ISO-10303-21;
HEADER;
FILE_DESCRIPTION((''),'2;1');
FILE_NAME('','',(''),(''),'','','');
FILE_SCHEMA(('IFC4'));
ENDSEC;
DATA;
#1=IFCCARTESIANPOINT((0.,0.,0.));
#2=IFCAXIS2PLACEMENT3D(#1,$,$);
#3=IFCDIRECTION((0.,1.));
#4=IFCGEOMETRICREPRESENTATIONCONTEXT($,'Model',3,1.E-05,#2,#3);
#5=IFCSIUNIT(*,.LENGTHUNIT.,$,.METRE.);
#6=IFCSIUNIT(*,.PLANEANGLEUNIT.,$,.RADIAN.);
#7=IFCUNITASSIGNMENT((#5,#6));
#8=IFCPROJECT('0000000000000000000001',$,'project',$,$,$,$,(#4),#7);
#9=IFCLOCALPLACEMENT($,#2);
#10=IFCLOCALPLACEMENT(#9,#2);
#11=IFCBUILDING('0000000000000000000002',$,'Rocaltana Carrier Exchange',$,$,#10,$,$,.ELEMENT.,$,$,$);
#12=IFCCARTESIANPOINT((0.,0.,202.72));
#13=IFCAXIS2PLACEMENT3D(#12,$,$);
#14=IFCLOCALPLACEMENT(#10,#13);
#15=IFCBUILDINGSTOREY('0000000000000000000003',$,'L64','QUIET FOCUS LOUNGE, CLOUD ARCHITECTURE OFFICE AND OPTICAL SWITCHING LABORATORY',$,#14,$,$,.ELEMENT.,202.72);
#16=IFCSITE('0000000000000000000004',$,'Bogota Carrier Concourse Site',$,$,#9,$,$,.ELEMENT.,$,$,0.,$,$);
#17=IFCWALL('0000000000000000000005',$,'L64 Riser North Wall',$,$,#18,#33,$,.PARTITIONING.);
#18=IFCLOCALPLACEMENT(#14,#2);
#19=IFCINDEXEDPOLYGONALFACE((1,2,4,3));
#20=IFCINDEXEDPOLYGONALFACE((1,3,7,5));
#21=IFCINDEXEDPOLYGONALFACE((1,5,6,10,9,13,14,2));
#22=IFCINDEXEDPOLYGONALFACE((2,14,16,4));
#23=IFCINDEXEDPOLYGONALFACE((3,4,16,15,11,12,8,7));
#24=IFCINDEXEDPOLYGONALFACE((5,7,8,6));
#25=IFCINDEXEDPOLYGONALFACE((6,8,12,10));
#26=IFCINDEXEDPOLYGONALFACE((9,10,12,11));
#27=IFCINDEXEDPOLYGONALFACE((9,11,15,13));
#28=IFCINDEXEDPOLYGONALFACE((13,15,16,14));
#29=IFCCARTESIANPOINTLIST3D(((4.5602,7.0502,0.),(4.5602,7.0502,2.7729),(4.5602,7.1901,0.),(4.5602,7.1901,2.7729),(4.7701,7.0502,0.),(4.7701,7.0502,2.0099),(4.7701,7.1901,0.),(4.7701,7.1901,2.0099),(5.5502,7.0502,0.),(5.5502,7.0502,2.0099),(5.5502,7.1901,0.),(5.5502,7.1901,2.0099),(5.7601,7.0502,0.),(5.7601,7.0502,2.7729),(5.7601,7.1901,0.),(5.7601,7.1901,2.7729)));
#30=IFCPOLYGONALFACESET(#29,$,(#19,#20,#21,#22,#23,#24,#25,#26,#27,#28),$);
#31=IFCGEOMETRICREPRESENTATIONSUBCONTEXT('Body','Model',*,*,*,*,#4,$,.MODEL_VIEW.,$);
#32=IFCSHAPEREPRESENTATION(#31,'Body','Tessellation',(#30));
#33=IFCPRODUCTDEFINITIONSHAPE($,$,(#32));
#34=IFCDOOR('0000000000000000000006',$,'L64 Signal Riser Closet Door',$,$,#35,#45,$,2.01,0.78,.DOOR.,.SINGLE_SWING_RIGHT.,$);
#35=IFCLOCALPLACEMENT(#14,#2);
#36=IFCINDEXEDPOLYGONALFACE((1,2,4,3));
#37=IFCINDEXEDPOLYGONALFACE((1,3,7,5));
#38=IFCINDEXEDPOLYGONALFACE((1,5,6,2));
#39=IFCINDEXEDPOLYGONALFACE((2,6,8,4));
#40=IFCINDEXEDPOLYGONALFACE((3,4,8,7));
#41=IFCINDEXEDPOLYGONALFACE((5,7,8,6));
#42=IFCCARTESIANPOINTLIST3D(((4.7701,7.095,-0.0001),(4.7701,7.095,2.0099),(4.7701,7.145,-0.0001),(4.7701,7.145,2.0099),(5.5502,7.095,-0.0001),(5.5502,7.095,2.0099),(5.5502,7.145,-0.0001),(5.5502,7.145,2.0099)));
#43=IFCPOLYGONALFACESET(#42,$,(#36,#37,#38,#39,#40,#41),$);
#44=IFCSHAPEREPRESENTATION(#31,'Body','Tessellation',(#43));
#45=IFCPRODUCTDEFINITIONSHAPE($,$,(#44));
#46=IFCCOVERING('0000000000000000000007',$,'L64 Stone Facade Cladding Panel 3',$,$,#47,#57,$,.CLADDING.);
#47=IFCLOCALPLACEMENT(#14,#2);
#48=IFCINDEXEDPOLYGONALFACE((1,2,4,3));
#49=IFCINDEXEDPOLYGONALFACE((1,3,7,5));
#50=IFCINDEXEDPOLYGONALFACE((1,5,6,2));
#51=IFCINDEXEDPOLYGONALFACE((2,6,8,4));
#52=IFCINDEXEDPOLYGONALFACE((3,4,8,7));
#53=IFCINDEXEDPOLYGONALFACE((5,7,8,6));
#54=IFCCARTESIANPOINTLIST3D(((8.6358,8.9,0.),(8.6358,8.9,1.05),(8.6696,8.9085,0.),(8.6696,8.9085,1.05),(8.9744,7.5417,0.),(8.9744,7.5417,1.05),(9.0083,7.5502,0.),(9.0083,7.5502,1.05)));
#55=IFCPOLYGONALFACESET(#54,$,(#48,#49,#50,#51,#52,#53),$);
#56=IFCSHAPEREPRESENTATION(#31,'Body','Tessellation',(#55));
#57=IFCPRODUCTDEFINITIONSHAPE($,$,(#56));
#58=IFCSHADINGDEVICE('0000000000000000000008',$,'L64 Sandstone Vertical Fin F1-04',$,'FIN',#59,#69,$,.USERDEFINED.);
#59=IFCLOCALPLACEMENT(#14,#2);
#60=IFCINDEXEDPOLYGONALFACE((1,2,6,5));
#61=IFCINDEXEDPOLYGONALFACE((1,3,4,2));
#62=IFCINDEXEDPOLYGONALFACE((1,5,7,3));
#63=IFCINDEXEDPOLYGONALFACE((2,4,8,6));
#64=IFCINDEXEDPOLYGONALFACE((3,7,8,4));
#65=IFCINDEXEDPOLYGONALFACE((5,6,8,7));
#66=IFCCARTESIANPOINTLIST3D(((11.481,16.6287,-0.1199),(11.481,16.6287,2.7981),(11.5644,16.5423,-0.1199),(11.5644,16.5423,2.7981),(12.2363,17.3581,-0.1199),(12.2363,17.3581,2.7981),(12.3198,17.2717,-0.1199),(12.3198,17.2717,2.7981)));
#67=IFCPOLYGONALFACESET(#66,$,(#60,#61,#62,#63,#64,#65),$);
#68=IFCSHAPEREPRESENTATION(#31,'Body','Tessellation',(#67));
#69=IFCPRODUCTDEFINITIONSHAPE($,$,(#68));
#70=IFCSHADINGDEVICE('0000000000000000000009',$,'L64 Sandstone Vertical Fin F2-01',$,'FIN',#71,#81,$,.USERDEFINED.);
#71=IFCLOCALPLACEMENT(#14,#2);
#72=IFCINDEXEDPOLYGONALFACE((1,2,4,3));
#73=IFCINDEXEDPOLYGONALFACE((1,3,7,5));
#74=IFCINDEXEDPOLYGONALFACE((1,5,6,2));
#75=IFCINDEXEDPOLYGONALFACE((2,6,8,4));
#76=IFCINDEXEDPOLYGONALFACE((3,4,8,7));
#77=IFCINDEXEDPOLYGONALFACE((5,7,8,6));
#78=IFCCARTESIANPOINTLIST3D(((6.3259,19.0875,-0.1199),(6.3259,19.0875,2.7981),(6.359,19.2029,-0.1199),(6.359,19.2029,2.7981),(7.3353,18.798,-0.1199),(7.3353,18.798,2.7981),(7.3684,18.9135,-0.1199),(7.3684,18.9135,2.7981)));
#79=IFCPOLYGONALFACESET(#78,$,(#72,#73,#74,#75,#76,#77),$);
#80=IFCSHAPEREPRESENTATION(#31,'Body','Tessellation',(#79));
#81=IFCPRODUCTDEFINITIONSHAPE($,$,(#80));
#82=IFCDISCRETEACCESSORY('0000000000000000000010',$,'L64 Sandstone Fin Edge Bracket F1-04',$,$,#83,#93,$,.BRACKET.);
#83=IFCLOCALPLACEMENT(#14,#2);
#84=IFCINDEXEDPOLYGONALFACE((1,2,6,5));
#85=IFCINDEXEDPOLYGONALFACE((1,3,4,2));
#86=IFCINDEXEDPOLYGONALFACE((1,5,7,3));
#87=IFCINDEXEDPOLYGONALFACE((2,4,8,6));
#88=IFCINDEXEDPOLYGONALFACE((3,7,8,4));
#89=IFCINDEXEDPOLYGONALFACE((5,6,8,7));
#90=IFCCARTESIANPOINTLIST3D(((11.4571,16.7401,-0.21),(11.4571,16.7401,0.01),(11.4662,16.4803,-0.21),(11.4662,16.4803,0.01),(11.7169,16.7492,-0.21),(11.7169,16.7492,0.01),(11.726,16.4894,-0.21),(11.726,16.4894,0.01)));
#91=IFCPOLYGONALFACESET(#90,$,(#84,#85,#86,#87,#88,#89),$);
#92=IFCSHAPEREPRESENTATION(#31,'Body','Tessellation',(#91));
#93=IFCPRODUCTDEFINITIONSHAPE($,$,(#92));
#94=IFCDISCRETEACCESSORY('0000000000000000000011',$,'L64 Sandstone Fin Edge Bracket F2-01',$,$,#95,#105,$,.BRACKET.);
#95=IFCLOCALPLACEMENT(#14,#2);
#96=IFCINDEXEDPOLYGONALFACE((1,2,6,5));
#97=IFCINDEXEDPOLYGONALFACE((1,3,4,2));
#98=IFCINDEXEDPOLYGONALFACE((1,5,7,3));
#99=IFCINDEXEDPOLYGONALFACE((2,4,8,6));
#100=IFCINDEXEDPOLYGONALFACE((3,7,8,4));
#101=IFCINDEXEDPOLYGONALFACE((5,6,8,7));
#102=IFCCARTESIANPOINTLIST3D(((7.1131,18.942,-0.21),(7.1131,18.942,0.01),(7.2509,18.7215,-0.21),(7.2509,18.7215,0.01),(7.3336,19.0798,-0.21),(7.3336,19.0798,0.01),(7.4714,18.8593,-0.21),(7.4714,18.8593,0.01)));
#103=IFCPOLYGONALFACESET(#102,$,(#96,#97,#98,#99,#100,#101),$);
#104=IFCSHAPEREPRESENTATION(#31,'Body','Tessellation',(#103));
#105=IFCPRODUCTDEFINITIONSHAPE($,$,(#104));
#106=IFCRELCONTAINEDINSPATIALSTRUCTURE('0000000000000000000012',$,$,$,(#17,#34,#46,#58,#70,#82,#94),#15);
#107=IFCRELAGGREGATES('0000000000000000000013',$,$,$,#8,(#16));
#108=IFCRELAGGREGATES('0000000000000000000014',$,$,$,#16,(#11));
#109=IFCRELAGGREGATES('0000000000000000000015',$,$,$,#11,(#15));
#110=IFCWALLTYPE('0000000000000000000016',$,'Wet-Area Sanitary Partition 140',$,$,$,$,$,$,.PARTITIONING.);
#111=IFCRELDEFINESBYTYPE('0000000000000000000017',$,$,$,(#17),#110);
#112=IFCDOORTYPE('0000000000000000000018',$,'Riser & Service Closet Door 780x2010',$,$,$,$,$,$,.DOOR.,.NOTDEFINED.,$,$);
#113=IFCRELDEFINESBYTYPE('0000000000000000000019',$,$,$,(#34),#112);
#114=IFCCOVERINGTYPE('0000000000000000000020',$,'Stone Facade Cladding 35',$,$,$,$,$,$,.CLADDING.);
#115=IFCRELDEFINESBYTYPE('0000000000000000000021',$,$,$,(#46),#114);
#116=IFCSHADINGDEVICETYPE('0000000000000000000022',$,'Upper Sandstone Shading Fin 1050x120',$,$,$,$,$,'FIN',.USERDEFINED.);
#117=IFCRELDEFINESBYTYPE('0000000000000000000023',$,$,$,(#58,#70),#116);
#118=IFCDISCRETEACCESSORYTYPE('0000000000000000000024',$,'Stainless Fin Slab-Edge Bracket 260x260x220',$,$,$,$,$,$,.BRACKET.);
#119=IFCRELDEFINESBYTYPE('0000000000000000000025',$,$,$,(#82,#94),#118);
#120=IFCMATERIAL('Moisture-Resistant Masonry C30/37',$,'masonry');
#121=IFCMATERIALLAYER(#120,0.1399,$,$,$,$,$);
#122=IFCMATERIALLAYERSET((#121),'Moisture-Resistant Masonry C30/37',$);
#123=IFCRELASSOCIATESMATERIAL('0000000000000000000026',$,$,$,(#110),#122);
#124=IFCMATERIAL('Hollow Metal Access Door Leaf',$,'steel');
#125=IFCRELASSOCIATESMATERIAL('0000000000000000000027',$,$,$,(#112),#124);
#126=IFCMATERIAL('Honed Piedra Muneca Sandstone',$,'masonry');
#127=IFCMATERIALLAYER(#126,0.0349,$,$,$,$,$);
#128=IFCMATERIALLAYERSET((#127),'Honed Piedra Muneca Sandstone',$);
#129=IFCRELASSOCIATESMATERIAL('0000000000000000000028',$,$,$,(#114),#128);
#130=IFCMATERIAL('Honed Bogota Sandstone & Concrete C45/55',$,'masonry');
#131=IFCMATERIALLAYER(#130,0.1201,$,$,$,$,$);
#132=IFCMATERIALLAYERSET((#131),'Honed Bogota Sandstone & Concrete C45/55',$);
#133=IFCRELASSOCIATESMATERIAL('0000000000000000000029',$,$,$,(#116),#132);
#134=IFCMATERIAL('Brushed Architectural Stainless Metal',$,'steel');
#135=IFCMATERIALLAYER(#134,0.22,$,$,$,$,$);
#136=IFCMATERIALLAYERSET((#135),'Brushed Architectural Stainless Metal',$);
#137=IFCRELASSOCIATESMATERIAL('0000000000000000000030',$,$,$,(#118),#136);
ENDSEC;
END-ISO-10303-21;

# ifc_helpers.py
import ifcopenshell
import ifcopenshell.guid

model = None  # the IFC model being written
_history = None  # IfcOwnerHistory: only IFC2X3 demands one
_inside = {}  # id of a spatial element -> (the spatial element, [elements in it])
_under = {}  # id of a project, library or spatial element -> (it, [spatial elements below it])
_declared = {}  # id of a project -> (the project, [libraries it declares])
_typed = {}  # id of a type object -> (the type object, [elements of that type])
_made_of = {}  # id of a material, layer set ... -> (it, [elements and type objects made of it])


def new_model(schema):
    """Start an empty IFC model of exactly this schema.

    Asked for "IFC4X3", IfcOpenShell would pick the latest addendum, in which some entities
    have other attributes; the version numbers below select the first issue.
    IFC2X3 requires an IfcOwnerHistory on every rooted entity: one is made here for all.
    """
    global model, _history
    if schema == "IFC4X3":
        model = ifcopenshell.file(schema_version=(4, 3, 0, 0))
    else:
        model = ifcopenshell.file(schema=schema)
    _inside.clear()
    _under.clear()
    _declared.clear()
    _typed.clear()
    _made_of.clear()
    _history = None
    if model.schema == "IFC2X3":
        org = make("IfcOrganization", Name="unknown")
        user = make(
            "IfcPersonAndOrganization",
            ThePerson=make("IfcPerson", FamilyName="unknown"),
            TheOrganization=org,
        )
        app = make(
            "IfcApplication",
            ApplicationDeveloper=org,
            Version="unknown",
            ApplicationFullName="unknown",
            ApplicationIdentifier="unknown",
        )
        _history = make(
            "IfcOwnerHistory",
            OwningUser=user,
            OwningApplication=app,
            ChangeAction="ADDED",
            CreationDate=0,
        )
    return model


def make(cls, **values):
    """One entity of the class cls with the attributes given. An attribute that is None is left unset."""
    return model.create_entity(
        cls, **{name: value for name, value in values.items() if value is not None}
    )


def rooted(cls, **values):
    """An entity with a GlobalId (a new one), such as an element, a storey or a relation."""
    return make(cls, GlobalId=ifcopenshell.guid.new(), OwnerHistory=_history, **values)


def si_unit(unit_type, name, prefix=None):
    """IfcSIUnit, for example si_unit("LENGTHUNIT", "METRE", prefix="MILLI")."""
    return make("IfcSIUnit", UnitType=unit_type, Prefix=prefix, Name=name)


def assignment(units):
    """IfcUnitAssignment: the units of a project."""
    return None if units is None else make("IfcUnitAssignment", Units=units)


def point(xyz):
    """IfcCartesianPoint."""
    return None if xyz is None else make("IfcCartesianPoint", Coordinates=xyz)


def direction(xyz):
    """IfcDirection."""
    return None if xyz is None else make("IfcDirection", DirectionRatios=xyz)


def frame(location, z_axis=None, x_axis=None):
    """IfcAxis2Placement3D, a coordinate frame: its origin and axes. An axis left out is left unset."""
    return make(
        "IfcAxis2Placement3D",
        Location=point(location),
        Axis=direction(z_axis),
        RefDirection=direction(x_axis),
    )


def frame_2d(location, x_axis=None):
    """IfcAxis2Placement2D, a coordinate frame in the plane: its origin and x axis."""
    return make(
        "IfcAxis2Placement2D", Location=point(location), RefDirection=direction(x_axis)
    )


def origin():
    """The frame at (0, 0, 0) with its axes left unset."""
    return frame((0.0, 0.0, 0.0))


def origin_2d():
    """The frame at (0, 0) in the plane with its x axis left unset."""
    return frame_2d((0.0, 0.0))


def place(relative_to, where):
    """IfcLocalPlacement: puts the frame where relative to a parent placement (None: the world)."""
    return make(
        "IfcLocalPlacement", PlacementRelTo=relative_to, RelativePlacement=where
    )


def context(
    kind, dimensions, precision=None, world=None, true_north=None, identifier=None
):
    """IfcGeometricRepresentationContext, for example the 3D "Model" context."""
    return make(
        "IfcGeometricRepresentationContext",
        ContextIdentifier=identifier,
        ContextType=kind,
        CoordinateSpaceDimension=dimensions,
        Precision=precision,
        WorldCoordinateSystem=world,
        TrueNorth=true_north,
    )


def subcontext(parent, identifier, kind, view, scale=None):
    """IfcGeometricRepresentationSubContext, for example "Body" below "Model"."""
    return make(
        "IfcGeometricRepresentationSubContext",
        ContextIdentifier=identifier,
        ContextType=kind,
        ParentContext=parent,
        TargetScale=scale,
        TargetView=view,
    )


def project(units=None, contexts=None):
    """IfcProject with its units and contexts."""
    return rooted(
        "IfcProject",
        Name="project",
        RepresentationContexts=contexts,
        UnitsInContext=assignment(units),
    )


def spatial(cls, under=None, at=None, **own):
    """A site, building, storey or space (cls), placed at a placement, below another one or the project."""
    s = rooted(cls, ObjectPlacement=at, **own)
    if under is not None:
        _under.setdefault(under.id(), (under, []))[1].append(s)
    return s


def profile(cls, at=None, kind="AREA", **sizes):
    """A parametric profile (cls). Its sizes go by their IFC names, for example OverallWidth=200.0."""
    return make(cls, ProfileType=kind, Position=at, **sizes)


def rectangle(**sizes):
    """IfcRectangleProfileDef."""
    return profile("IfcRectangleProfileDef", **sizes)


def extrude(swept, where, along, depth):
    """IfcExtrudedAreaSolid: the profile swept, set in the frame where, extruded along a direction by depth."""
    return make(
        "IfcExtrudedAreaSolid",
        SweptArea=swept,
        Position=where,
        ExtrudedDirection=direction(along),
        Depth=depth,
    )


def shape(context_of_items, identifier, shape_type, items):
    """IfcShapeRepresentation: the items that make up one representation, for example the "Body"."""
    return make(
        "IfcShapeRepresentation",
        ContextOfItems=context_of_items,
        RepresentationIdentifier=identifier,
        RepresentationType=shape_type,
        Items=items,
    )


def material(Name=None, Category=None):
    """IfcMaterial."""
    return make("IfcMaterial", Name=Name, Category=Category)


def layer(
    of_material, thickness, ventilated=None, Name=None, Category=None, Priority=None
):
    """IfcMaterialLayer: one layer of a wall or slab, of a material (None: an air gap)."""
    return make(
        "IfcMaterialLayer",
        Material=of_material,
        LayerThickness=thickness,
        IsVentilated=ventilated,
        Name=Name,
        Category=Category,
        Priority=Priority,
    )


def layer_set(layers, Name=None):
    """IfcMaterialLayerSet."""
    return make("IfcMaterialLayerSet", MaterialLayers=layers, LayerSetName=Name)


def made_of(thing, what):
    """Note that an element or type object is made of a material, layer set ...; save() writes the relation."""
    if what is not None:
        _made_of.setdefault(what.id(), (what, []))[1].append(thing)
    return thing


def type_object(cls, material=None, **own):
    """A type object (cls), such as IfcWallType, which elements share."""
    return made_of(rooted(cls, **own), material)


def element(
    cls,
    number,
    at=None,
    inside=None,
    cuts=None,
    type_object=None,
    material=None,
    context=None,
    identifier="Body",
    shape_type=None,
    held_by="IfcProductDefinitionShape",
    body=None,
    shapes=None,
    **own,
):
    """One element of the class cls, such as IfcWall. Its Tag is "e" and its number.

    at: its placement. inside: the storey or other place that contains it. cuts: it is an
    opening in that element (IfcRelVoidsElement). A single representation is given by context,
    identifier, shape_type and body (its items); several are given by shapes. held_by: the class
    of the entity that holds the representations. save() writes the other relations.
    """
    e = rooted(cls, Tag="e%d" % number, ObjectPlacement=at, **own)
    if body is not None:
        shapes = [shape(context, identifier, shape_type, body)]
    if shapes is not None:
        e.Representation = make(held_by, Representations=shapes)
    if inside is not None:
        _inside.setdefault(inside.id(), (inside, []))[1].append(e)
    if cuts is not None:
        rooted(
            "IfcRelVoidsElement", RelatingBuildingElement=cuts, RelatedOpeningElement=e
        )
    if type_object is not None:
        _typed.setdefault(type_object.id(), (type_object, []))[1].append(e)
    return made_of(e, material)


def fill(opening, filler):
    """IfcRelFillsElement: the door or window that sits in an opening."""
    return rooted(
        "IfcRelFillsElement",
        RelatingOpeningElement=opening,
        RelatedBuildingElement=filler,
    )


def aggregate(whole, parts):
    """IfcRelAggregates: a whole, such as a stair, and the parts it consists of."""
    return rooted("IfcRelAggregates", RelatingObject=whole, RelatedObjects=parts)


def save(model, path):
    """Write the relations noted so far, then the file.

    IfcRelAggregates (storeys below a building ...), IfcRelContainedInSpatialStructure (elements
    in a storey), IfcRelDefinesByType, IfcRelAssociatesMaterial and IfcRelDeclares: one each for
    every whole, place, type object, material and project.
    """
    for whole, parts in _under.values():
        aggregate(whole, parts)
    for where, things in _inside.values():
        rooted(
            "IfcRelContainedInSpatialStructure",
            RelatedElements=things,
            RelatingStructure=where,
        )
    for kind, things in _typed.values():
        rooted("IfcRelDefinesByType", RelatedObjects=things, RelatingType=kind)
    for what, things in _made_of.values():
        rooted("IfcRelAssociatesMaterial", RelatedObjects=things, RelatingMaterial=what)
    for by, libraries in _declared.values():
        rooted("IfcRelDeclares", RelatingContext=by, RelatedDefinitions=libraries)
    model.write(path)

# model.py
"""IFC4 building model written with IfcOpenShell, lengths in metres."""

from ifc_helpers import new_model, si_unit, direction, frame, frame_2d, origin, origin_2d, place, context, subcontext, project, spatial, rectangle, extrude, material, layer, layer_set, type_object, element, fill, save


model = new_model("IFC4")

# Units and contexts
model_context = context("Model", 3, precision=1e-05, world=origin(), true_north=direction((0.0, 1.0)))
body_context = subcontext(model_context, "Body", "Model", "MODEL_VIEW")
ifc_project = project(units=[si_unit("LENGTHUNIT", "METRE"), si_unit("PLANEANGLEUNIT", "RADIAN")], contexts=[model_context])

# Site, building, storey
site_placement = place(None, origin())
site = spatial("IfcSite", under=ifc_project, at=site_placement, Name="Bogota Carrier Concourse Site", CompositionType="ELEMENT", RefElevation=0.0)
building_placement = place(site_placement, origin())
building = spatial("IfcBuilding", under=site, at=building_placement, Name="Rocaltana Carrier Exchange", CompositionType="ELEMENT")
storey_placement = place(building_placement, frame((0.0, 0.0, 202.72)))
storey = spatial("IfcBuildingStorey", under=building, at=storey_placement, Name="L64", Description="QUIET FOCUS LOUNGE, CLOUD ARCHITECTURE OFFICE AND OPTICAL SWITCHING LABORATORY", CompositionType="ELEMENT", Elevation=202.72)

# Wall, opening, door
ifc_material_1 = material(Name="Moisture-Resistant Masonry C30/37", Category="masonry")
ifc_layer_1 = layer(ifc_material_1, 0.1399)
ifc_layer_set_1 = layer_set([ifc_layer_1], Name="Moisture-Resistant Masonry C30/37")
wall_type_1 = type_object("IfcWallType", Name="Wet-Area Sanitary Partition 140", PredefinedType="PARTITIONING", material=ifc_layer_set_1)
wall_1_placement = place(storey_placement, frame((4.5601, 7.1201, 0.0), z_axis=(0.0, 0.0, 1.0), x_axis=(1.0, 0.0, 0.0)))
wall_1 = element("IfcWall", 1, at=wall_1_placement, inside=storey, type_object=wall_type_1, Name="L64 Riser North Wall", PredefinedType="PARTITIONING", context=body_context, shape_type="SweptSolid", body=[
    extrude(rectangle(XDim=1.2, YDim=0.1399, at=frame_2d((0.6001, 0.0))), origin(), (0.0, 0.0, 1.0), 2.7729),
])
opening_1_placement = place(wall_1_placement, frame((0.21, 0.0, 0.0)))
opening_1 = element("IfcOpeningElement", 2, at=opening_1_placement, cuts=wall_1, PredefinedType="OPENING", context=body_context, shape_type="SweptSolid", body=[
    extrude(rectangle(XDim=0.78, YDim=2.01, at=frame_2d((0.3901, 1.0049))), frame((0.0, 0.0798, 0.0), z_axis=(0.0, -1.0, 0.0), x_axis=(1.0, 0.0, 0.0)), (0.0, 0.0, 1.0), 0.1599),
])
ifc_material_2 = material(Name="Hollow Metal Access Door Leaf", Category="steel")
door_type_1 = type_object("IfcDoorType", Name="Riser & Service Closet Door 780x2010", OperationType="NOTDEFINED", PredefinedType="DOOR", material=ifc_material_2)
door_1_placement = place(opening_1_placement, origin())
door_1 = element("IfcDoor", 3, at=door_1_placement, inside=storey, type_object=door_type_1, Name="L64 Signal Riser Closet Door", OperationType="SINGLE_SWING_RIGHT", OverallHeight=2.01, OverallWidth=0.78, PredefinedType="DOOR", context=body_context, shape_type="SweptSolid", body=[
    extrude(rectangle(XDim=0.78, YDim=2.01, at=frame_2d((0.3901, 1.0049))), frame((0.0, 0.0249, 0.0), z_axis=(0.0, -1.0, 0.0), x_axis=(1.0, 0.0, 0.0)), (0.0, 0.0, 1.0), 0.05),
])
fill(opening_1, door_1)

# Covering
ifc_material_3 = material(Name="Honed Piedra Muneca Sandstone", Category="masonry")
ifc_layer_2 = layer(ifc_material_3, 0.0349)
ifc_layer_set_2 = layer_set([ifc_layer_2], Name="Honed Piedra Muneca Sandstone")
covering_type = type_object("IfcCoveringType", Name="Stone Facade Cladding 35", PredefinedType="CLADDING", material=ifc_layer_set_2)
covering_placement = place(storey_placement, frame((8.822, 8.2251, 0.0), z_axis=(0.0, 0.0, 1.0), x_axis=(-0.241922, 0.970296, 0.0)))
element("IfcCovering", 4, at=covering_placement, inside=storey, type_object=covering_type, Name="L64 Stone Facade Cladding Panel 3", PredefinedType="CLADDING", context=body_context, shape_type="SweptSolid", body=[
    extrude(rectangle(XDim=1.3999, YDim=0.0349, at=origin_2d()), origin(), (0.0, 0.0, 1.0), 1.05),
])

# Shading devices
ifc_material_4 = material(Name="Honed Bogota Sandstone & Concrete C45/55", Category="masonry")
ifc_layer_3 = layer(ifc_material_4, 0.1201)
ifc_layer_set_3 = layer_set([ifc_layer_3], Name="Honed Bogota Sandstone & Concrete C45/55")
shading_device_type = type_object("IfcShadingDeviceType", Name="Upper Sandstone Shading Fin 1050x120", ElementType="FIN", PredefinedType="USERDEFINED", material=ifc_layer_set_3)
for number, where, z_axis, x_axis, name in (
    (5, (11.9004, 16.9502, -0.1199), (0.0, 0.0, 1.0), (0.71934, 0.694658, 0.0), "L64 Sandstone Vertical Fin F1-04"),
    (6, (6.8472, 19.0005, -0.1199), (0.0, 0.0, 1.0), (-0.961262, 0.275637, 0.0), "L64 Sandstone Vertical Fin F2-01"),
):
    element("IfcShadingDevice", number, at=place(storey_placement, frame(where, z_axis=z_axis, x_axis=x_axis)), inside=storey, type_object=shading_device_type, Name=name, ObjectType="FIN", PredefinedType="USERDEFINED", context=body_context, shape_type="SweptSolid", body=[
        extrude(rectangle(XDim=1.05, YDim=0.1201, at=origin_2d()), origin(), (0.0, 0.0, 1.0), 2.918),
    ])

# Discrete accessories
ifc_material_5 = material(Name="Brushed Architectural Stainless Metal", Category="steel")
ifc_layer_4 = layer(ifc_material_5, 0.22)
ifc_layer_set_4 = layer_set([ifc_layer_4], Name="Brushed Architectural Stainless Metal")
discrete_accessory_type = type_object("IfcDiscreteAccessoryType", Name="Stainless Fin Slab-Edge Bracket 260x260x220", PredefinedType="BRACKET", material=ifc_layer_set_4)
for number, where, z_axis, x_axis, name in (
    (7, (11.5916, 16.6147, -0.21), (0.0, 0.0, 1.0), (-0.034899, 0.999391, 0.0), "L64 Sandstone Fin Edge Bracket F1-04"),
    (8, (7.2922, 18.9006, -0.21), (0.0, 0.0, 1.0), (-0.848048, -0.529919, 0.0), "L64 Sandstone Fin Edge Bracket F2-01"),
):
    element("IfcDiscreteAccessory", number, at=place(storey_placement, frame(where, z_axis=z_axis, x_axis=x_axis)), inside=storey, type_object=discrete_accessory_type, Name=name, PredefinedType="BRACKET", context=body_context, shape_type="SweptSolid", body=[
        extrude(rectangle(XDim=0.26, YDim=0.26, at=origin_2d()), origin(), (0.0, 0.0, 1.0), 0.22),
    ])

save(model, "model.ifc")
